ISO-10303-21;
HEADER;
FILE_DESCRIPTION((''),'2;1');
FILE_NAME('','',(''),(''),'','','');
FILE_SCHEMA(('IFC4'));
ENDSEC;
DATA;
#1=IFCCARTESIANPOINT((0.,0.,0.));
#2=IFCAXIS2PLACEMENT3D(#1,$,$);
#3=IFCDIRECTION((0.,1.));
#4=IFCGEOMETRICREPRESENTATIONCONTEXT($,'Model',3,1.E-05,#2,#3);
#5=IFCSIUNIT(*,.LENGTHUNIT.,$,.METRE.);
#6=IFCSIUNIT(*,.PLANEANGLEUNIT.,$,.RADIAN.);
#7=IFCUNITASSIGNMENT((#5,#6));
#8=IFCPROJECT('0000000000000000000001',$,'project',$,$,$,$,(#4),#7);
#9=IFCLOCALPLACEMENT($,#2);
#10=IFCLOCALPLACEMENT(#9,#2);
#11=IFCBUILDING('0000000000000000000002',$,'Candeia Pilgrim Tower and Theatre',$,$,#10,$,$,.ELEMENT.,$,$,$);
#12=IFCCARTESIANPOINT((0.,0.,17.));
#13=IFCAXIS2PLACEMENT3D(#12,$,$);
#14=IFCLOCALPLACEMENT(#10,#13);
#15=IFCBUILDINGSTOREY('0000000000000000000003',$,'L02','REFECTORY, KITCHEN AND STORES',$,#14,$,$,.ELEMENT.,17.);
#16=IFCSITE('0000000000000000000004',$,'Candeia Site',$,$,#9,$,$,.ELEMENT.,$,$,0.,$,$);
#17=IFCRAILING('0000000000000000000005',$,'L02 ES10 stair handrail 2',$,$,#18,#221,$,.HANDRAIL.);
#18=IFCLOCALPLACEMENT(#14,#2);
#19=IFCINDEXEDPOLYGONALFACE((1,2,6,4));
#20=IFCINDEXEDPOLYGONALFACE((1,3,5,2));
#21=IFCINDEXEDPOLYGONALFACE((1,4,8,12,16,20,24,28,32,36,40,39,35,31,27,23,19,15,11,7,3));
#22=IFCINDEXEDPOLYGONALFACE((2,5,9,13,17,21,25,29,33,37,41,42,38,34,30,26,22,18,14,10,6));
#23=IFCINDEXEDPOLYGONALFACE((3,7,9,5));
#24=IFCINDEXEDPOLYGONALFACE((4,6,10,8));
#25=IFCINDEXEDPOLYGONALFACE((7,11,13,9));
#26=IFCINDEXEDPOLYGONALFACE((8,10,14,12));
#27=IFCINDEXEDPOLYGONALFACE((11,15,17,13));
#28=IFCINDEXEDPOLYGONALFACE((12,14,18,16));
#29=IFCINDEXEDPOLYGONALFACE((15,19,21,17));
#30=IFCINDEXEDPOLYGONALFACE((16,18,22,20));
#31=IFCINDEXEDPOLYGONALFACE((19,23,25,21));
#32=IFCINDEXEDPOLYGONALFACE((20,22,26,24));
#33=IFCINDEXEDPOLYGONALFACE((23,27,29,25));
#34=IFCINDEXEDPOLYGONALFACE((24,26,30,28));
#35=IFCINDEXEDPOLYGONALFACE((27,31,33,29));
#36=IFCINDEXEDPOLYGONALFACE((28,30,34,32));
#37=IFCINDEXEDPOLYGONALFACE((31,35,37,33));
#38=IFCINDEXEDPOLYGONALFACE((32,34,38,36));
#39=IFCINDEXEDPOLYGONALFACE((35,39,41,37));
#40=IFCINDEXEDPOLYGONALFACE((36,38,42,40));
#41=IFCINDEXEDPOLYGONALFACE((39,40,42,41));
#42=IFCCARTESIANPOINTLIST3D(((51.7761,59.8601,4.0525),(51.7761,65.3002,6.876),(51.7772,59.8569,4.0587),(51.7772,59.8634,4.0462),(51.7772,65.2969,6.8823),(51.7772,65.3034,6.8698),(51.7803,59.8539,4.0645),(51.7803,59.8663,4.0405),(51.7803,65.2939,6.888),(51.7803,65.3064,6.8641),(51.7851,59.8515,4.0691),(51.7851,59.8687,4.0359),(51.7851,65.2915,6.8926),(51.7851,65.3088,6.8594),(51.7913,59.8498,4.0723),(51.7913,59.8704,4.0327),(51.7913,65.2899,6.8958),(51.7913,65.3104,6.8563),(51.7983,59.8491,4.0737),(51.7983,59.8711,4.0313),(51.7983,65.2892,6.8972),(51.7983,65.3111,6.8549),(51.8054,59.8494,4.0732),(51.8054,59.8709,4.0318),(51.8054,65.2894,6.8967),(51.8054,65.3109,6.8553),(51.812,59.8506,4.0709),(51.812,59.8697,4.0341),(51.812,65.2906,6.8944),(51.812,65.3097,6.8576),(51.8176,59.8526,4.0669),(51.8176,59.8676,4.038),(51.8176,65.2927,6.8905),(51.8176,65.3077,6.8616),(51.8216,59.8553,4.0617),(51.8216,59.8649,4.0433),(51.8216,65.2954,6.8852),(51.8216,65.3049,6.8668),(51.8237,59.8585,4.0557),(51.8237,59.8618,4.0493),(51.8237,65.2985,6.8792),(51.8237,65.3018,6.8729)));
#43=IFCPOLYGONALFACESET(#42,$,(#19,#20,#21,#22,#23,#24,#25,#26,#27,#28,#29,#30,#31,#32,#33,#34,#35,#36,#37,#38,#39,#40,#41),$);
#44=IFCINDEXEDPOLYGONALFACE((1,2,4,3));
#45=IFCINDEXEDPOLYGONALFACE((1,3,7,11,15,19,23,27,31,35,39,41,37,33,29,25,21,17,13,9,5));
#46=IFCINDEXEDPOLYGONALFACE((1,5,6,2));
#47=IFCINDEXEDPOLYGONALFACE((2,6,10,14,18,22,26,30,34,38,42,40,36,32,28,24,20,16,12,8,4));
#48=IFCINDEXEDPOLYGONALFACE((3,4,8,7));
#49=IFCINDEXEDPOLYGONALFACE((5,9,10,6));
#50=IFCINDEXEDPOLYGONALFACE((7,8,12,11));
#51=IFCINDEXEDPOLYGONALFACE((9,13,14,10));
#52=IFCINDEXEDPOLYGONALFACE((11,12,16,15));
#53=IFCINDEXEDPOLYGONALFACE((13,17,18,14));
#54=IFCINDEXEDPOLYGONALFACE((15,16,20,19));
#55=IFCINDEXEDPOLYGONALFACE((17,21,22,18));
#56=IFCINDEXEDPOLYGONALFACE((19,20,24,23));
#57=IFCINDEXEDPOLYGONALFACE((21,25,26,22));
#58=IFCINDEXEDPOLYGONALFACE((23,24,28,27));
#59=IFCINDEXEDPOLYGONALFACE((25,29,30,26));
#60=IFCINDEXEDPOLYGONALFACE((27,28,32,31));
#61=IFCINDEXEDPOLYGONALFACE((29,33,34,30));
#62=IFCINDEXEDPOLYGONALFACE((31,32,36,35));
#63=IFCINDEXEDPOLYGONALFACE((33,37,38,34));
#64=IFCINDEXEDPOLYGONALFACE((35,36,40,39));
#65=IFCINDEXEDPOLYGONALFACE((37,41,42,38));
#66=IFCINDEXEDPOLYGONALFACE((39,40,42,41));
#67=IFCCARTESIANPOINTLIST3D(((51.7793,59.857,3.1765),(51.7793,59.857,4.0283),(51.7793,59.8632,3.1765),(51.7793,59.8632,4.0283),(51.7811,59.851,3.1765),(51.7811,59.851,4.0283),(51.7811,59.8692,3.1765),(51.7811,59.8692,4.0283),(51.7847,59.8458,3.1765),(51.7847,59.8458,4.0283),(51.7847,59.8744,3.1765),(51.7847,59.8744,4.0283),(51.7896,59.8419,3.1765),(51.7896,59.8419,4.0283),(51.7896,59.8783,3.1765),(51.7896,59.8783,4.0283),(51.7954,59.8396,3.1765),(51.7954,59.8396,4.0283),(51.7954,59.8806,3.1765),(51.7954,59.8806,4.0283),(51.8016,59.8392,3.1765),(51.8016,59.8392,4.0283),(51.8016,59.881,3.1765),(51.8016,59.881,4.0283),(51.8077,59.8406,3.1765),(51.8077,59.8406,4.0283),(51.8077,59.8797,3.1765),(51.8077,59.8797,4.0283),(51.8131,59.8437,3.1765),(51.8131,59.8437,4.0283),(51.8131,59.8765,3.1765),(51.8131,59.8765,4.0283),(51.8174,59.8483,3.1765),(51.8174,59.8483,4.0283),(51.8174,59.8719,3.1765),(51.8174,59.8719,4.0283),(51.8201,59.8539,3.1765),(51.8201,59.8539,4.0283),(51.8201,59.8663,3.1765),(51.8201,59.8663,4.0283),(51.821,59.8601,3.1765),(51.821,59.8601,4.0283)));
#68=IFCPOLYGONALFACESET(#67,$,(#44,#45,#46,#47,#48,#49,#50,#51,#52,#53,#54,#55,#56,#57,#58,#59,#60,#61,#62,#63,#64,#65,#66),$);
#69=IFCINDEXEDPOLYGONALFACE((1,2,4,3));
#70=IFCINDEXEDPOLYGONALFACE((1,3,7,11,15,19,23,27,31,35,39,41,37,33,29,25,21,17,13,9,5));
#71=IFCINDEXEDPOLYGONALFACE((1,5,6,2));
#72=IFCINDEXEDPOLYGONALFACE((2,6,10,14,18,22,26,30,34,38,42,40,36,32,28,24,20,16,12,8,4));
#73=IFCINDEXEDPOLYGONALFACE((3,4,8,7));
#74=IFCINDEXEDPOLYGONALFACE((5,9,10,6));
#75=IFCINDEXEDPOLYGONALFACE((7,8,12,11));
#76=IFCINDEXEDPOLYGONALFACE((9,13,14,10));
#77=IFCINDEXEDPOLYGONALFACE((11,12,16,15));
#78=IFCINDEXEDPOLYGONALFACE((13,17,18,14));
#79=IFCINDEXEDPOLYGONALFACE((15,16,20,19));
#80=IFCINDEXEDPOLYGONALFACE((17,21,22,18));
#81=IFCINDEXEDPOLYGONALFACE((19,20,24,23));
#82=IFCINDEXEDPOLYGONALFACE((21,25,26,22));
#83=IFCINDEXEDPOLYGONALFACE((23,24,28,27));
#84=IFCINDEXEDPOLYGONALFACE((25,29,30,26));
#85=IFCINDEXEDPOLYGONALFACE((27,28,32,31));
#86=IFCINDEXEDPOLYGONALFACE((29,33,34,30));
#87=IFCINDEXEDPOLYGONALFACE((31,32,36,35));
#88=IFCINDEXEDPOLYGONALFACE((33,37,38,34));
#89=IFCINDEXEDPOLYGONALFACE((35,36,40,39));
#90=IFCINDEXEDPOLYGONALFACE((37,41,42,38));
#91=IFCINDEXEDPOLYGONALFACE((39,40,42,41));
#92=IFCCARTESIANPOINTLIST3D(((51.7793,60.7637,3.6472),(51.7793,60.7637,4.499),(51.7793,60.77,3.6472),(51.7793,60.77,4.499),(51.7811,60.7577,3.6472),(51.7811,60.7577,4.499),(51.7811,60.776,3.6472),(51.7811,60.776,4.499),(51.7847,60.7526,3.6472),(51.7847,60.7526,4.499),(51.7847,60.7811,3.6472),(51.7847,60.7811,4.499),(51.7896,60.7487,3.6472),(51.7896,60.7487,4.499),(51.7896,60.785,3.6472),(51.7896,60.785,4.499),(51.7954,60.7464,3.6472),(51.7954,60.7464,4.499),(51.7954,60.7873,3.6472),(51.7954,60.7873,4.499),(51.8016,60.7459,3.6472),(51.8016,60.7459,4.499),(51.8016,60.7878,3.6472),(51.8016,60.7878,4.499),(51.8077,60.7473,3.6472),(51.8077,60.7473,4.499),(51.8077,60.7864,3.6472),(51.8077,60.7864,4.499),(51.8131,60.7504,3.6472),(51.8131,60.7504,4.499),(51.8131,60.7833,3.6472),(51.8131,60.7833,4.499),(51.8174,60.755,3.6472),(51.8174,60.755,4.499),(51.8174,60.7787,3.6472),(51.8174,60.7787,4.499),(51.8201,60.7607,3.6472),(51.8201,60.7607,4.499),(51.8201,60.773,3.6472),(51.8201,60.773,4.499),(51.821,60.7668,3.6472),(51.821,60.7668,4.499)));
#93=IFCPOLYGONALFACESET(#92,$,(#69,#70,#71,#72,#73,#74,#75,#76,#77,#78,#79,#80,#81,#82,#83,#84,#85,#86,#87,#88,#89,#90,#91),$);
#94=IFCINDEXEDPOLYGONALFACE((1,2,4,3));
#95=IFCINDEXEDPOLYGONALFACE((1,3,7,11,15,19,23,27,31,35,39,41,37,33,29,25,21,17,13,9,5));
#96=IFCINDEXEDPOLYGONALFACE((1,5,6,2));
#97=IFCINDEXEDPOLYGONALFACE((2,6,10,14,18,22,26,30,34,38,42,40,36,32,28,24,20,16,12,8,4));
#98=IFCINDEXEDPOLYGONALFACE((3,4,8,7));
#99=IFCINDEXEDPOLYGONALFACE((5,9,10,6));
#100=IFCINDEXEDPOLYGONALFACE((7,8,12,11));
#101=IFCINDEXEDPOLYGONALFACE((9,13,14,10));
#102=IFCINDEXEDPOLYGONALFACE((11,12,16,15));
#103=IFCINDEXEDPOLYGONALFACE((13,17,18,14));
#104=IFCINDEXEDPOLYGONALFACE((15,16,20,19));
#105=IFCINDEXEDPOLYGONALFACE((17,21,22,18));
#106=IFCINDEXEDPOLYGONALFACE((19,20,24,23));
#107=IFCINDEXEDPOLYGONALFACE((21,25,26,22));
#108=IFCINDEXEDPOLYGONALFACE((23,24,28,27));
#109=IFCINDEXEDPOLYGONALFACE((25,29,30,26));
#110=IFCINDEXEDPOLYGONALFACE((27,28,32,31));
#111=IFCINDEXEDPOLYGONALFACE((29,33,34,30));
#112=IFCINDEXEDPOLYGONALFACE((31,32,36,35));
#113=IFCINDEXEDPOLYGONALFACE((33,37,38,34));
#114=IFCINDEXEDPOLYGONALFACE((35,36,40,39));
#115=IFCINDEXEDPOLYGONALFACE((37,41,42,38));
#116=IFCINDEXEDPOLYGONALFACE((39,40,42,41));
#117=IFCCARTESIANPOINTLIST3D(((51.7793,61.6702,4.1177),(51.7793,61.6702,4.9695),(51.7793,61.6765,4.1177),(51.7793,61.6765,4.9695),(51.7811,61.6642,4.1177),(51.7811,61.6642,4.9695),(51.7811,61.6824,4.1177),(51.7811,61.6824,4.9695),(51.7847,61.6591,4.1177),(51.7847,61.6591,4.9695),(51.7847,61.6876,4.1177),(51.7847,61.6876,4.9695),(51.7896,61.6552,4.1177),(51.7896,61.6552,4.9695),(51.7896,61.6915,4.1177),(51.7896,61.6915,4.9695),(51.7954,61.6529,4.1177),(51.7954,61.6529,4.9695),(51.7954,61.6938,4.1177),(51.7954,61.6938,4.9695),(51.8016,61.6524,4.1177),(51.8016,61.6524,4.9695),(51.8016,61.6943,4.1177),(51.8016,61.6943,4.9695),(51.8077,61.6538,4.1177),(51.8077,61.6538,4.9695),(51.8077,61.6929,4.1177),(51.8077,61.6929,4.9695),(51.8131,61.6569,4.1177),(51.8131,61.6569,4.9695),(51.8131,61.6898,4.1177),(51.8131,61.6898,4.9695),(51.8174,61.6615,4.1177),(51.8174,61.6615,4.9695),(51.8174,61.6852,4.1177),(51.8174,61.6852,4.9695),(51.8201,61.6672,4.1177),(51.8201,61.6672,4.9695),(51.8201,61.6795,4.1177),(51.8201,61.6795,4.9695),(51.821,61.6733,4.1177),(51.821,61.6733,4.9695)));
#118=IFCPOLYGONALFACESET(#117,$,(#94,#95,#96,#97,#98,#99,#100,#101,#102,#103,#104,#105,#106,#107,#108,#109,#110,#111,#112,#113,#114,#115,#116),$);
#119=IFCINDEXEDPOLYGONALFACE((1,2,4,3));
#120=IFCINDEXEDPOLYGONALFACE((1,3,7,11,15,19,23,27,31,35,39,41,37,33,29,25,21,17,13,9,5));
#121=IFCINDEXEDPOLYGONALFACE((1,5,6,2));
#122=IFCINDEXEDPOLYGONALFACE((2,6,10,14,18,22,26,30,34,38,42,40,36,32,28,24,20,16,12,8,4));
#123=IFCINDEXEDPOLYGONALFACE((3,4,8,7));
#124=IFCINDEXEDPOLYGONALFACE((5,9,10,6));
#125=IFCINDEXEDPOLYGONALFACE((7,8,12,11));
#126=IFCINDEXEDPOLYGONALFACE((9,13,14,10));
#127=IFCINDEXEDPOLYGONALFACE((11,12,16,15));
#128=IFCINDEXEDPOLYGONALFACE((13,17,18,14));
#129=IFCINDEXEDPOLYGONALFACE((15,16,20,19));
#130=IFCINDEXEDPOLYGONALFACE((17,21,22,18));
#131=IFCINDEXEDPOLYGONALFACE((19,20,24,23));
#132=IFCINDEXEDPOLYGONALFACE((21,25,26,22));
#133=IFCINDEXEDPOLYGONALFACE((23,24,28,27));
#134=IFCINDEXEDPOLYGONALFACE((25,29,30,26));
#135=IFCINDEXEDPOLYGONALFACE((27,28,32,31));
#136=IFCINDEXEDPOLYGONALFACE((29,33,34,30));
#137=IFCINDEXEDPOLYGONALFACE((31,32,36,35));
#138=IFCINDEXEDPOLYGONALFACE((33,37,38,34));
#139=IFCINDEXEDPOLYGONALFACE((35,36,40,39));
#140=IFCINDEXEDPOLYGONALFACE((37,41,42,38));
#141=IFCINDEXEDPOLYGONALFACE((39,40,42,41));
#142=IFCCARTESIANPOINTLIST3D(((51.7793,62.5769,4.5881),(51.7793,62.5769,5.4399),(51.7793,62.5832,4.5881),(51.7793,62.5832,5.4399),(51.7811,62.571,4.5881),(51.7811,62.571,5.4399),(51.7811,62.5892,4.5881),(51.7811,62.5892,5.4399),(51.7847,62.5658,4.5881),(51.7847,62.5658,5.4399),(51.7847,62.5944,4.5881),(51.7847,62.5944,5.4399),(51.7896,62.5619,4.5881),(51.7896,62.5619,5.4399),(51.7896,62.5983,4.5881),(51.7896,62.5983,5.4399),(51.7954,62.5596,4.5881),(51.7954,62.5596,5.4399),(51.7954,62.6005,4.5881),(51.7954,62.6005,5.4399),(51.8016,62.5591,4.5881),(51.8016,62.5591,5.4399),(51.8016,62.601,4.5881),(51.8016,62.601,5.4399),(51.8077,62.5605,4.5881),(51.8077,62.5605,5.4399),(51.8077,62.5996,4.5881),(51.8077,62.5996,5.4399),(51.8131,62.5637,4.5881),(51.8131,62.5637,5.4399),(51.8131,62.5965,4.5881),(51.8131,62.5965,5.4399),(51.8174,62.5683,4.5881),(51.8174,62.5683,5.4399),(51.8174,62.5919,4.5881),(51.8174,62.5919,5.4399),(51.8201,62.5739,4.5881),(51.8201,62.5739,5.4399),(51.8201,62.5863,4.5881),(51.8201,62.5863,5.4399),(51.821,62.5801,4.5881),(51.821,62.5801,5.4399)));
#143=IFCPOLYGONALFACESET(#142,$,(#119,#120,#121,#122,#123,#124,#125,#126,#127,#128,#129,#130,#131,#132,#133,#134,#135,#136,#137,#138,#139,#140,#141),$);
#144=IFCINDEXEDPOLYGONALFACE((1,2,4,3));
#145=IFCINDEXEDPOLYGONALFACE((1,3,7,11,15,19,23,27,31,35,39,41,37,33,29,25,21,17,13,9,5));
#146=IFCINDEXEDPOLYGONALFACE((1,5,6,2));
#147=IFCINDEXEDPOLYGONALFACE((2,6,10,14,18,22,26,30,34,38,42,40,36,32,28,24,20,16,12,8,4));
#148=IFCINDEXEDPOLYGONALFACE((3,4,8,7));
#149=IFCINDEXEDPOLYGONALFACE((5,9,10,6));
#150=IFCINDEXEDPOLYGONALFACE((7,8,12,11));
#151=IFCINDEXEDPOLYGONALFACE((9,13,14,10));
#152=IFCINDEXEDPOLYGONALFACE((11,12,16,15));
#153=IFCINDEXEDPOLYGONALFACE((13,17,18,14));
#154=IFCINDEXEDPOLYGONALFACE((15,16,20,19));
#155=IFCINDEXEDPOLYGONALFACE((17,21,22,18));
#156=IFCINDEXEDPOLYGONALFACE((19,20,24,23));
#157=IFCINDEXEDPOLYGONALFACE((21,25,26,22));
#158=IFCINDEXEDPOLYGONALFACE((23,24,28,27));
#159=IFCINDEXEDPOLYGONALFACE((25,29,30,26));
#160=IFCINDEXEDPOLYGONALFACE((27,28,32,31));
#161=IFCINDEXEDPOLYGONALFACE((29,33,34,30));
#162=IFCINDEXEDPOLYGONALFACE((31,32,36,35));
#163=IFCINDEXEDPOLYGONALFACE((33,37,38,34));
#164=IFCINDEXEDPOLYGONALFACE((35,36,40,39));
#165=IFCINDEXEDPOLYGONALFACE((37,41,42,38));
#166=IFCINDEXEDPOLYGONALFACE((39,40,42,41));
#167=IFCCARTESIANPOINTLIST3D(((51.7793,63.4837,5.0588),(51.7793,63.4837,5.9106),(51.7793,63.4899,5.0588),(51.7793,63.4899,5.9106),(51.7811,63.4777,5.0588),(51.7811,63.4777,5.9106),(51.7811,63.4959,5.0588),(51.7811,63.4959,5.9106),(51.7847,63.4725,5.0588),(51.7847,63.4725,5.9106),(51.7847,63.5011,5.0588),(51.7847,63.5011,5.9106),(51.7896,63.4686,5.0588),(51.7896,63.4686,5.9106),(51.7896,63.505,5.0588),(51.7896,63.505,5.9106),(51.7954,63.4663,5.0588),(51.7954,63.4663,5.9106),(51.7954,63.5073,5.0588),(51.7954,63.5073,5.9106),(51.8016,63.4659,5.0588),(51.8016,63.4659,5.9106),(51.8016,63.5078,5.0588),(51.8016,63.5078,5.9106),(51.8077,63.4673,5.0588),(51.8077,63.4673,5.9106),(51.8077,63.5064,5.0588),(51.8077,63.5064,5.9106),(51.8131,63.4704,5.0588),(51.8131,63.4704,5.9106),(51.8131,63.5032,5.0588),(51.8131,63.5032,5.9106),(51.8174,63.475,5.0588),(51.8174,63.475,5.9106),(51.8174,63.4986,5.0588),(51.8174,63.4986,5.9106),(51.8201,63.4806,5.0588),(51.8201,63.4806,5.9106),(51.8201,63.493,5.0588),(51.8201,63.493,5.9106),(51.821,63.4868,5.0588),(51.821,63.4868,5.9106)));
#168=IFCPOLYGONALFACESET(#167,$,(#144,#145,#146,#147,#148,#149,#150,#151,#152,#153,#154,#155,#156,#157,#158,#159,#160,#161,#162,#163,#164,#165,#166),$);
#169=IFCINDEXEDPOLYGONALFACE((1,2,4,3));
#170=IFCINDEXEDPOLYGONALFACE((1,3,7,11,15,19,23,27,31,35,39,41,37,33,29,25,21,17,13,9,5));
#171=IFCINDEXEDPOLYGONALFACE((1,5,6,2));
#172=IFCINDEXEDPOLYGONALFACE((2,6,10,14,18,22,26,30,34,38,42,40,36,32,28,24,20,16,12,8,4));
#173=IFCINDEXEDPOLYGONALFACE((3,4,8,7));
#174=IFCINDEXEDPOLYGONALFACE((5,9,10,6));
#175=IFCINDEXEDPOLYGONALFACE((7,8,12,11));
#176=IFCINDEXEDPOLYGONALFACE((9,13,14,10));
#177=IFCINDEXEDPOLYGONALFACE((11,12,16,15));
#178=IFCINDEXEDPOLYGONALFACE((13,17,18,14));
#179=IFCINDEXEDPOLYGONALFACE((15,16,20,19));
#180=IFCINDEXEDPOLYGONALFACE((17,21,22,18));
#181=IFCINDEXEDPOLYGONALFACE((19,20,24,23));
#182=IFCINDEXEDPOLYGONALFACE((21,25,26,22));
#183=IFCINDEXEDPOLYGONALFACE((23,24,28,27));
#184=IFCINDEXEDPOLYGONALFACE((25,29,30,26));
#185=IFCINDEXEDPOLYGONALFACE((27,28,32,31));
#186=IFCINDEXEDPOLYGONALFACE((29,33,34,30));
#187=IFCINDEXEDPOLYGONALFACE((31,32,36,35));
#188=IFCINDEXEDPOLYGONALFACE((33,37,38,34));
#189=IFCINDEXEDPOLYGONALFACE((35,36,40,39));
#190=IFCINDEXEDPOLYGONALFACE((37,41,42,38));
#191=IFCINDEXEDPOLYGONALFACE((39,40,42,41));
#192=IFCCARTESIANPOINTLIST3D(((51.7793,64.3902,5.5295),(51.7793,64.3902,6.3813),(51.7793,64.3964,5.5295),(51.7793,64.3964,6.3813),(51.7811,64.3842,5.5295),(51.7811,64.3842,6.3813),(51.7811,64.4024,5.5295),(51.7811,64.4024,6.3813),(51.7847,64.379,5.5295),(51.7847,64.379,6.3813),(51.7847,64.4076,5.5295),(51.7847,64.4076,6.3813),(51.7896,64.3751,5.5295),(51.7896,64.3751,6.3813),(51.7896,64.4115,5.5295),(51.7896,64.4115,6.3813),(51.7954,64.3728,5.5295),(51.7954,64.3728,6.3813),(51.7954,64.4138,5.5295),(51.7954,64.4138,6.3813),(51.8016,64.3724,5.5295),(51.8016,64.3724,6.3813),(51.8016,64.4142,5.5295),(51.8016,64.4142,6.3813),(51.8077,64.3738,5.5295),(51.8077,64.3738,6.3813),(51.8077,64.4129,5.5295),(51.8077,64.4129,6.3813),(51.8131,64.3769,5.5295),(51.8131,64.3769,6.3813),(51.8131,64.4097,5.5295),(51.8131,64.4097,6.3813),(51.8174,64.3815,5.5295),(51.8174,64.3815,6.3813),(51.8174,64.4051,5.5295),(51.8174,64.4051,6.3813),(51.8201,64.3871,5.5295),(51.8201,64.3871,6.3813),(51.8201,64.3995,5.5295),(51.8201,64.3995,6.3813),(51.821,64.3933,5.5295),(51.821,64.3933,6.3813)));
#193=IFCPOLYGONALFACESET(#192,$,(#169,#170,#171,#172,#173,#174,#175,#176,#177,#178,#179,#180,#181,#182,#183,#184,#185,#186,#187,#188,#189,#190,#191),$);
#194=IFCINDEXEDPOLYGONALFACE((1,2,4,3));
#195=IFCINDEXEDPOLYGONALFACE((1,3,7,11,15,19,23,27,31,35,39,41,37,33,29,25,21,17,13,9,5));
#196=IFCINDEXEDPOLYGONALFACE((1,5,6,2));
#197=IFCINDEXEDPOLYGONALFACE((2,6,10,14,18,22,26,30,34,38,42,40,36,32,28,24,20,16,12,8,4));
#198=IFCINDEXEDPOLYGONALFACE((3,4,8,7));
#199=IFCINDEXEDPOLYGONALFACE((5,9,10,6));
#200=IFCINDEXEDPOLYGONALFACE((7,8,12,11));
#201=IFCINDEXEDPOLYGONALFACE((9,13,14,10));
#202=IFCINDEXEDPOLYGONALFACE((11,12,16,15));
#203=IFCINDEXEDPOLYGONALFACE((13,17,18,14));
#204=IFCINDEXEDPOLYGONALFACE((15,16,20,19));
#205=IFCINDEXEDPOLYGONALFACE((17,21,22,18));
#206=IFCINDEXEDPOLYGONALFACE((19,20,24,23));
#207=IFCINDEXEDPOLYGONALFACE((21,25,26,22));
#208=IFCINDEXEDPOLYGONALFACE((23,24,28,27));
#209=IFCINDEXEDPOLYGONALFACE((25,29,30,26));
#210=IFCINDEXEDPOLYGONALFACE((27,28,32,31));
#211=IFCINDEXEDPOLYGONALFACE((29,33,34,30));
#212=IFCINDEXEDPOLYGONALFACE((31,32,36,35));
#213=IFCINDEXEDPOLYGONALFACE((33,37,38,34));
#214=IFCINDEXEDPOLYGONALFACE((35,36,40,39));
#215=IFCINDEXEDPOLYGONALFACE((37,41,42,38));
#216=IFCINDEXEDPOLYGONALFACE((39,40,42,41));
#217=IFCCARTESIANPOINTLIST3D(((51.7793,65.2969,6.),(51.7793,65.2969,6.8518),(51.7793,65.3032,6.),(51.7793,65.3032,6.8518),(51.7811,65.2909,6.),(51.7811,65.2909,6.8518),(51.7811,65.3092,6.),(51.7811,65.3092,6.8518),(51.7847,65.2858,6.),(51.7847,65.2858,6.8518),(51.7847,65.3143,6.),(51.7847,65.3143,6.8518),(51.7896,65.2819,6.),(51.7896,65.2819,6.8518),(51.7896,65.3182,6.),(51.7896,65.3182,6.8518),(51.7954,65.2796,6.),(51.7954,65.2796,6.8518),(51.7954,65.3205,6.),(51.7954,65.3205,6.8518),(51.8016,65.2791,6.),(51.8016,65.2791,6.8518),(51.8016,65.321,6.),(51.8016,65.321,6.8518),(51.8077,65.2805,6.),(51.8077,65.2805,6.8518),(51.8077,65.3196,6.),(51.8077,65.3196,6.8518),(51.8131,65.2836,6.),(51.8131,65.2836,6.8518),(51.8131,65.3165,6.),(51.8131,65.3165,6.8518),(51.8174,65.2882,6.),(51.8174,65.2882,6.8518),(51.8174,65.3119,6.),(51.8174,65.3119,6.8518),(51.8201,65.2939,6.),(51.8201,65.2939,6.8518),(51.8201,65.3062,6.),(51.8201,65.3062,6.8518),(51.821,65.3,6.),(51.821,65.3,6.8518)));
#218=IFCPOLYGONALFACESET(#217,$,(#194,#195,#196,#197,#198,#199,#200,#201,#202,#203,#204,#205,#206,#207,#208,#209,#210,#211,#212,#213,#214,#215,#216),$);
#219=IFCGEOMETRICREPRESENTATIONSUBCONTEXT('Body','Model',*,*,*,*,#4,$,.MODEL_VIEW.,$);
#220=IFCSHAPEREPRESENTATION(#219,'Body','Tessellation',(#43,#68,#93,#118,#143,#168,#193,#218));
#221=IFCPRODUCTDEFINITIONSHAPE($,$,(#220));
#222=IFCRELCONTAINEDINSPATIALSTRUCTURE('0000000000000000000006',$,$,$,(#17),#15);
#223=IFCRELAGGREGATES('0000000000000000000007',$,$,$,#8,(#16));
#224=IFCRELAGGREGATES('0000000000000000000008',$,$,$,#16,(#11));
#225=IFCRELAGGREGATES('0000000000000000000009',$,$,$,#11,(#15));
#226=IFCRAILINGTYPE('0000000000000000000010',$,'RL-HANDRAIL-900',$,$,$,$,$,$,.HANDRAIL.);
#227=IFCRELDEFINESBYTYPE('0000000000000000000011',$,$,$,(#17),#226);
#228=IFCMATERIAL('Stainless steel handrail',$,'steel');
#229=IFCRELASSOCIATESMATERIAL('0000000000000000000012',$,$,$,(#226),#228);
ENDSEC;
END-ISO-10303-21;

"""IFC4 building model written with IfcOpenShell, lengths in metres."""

from ifc_helpers import new_model, si_unit, direction, frame, origin, origin_2d, place, context, subcontext, project, spatial, circle, extrude, material, type_object, element, save


model = new_model("IFC4")

# Units and contexts
model_context = context("Model", 3, precision=1e-05, world=origin(), true_north=direction((0.0, 1.0)))
body_context = subcontext(model_context, "Body", "Model", "MODEL_VIEW")
ifc_project = project(units=[si_unit("LENGTHUNIT", "METRE"), si_unit("PLANEANGLEUNIT", "RADIAN")], contexts=[model_context])

# Site, building, storey
site_placement = place(None, origin())
site = spatial("IfcSite", under=ifc_project, at=site_placement, Name="Candeia Site", CompositionType="ELEMENT", RefElevation=0.0)
building_placement = place(site_placement, origin())
building = spatial("IfcBuilding", under=site, at=building_placement, Name="Candeia Pilgrim Tower and Theatre", CompositionType="ELEMENT")
storey_placement = place(building_placement, frame((0.0, 0.0, 17.0)))
storey = spatial("IfcBuildingStorey", under=building, at=storey_placement, Name="L02", Description="REFECTORY, KITCHEN AND STORES", CompositionType="ELEMENT", Elevation=17.0)

# Railing
ifc_material_1 = material(Name="Stainless steel handrail", Category="steel")
railing_type_1 = type_object("IfcRailingType", Name="RL-HANDRAIL-900", PredefinedType="HANDRAIL", material=ifc_material_1)
railing_1_placement = place(storey_placement, frame((51.8, 59.8601, 3.1765)))
element("IfcRailing", 1, at=railing_1_placement, inside=storey, type_object=railing_type_1, Name="L02 ES10 stair handrail 2", PredefinedType="HANDRAIL", context=body_context, shape_type="SweptSolid", body=[
    extrude(circle(Radius=0.0239, at=origin_2d()), frame((0.0, 0.0, 0.876), z_axis=(0.0, 0.887569, 0.460674), x_axis=(-1.0, 0.0, 0.0)), (0.0, 0.0, 1.0), 6.1292),
    extrude(circle(Radius=0.021, at=origin_2d()), origin(), (0.0, 0.0, 1.0), 0.8518),
    extrude(circle(Radius=0.021, at=origin_2d()), frame((0.0, 0.9067, 0.4707)), (0.0, 0.0, 1.0), 0.8518),
    extrude(circle(Radius=0.021, at=origin_2d()), frame((0.0, 1.8132, 0.9412)), (0.0, 0.0, 1.0), 0.8518),
    extrude(circle(Radius=0.021, at=origin_2d()), frame((0.0, 2.72, 1.4116)), (0.0, 0.0, 1.0), 0.8518),
    extrude(circle(Radius=0.021, at=origin_2d()), frame((0.0, 3.6267, 1.8823)), (0.0, 0.0, 1.0), 0.8518),
    extrude(circle(Radius=0.021, at=origin_2d()), frame((0.0, 4.5332, 2.353)), (0.0, 0.0, 1.0), 0.8518),
    extrude(circle(Radius=0.021, at=origin_2d()), frame((0.0, 5.4399, 2.8235)), (0.0, 0.0, 1.0), 0.8518),
])

save(model, "model.ifc")
